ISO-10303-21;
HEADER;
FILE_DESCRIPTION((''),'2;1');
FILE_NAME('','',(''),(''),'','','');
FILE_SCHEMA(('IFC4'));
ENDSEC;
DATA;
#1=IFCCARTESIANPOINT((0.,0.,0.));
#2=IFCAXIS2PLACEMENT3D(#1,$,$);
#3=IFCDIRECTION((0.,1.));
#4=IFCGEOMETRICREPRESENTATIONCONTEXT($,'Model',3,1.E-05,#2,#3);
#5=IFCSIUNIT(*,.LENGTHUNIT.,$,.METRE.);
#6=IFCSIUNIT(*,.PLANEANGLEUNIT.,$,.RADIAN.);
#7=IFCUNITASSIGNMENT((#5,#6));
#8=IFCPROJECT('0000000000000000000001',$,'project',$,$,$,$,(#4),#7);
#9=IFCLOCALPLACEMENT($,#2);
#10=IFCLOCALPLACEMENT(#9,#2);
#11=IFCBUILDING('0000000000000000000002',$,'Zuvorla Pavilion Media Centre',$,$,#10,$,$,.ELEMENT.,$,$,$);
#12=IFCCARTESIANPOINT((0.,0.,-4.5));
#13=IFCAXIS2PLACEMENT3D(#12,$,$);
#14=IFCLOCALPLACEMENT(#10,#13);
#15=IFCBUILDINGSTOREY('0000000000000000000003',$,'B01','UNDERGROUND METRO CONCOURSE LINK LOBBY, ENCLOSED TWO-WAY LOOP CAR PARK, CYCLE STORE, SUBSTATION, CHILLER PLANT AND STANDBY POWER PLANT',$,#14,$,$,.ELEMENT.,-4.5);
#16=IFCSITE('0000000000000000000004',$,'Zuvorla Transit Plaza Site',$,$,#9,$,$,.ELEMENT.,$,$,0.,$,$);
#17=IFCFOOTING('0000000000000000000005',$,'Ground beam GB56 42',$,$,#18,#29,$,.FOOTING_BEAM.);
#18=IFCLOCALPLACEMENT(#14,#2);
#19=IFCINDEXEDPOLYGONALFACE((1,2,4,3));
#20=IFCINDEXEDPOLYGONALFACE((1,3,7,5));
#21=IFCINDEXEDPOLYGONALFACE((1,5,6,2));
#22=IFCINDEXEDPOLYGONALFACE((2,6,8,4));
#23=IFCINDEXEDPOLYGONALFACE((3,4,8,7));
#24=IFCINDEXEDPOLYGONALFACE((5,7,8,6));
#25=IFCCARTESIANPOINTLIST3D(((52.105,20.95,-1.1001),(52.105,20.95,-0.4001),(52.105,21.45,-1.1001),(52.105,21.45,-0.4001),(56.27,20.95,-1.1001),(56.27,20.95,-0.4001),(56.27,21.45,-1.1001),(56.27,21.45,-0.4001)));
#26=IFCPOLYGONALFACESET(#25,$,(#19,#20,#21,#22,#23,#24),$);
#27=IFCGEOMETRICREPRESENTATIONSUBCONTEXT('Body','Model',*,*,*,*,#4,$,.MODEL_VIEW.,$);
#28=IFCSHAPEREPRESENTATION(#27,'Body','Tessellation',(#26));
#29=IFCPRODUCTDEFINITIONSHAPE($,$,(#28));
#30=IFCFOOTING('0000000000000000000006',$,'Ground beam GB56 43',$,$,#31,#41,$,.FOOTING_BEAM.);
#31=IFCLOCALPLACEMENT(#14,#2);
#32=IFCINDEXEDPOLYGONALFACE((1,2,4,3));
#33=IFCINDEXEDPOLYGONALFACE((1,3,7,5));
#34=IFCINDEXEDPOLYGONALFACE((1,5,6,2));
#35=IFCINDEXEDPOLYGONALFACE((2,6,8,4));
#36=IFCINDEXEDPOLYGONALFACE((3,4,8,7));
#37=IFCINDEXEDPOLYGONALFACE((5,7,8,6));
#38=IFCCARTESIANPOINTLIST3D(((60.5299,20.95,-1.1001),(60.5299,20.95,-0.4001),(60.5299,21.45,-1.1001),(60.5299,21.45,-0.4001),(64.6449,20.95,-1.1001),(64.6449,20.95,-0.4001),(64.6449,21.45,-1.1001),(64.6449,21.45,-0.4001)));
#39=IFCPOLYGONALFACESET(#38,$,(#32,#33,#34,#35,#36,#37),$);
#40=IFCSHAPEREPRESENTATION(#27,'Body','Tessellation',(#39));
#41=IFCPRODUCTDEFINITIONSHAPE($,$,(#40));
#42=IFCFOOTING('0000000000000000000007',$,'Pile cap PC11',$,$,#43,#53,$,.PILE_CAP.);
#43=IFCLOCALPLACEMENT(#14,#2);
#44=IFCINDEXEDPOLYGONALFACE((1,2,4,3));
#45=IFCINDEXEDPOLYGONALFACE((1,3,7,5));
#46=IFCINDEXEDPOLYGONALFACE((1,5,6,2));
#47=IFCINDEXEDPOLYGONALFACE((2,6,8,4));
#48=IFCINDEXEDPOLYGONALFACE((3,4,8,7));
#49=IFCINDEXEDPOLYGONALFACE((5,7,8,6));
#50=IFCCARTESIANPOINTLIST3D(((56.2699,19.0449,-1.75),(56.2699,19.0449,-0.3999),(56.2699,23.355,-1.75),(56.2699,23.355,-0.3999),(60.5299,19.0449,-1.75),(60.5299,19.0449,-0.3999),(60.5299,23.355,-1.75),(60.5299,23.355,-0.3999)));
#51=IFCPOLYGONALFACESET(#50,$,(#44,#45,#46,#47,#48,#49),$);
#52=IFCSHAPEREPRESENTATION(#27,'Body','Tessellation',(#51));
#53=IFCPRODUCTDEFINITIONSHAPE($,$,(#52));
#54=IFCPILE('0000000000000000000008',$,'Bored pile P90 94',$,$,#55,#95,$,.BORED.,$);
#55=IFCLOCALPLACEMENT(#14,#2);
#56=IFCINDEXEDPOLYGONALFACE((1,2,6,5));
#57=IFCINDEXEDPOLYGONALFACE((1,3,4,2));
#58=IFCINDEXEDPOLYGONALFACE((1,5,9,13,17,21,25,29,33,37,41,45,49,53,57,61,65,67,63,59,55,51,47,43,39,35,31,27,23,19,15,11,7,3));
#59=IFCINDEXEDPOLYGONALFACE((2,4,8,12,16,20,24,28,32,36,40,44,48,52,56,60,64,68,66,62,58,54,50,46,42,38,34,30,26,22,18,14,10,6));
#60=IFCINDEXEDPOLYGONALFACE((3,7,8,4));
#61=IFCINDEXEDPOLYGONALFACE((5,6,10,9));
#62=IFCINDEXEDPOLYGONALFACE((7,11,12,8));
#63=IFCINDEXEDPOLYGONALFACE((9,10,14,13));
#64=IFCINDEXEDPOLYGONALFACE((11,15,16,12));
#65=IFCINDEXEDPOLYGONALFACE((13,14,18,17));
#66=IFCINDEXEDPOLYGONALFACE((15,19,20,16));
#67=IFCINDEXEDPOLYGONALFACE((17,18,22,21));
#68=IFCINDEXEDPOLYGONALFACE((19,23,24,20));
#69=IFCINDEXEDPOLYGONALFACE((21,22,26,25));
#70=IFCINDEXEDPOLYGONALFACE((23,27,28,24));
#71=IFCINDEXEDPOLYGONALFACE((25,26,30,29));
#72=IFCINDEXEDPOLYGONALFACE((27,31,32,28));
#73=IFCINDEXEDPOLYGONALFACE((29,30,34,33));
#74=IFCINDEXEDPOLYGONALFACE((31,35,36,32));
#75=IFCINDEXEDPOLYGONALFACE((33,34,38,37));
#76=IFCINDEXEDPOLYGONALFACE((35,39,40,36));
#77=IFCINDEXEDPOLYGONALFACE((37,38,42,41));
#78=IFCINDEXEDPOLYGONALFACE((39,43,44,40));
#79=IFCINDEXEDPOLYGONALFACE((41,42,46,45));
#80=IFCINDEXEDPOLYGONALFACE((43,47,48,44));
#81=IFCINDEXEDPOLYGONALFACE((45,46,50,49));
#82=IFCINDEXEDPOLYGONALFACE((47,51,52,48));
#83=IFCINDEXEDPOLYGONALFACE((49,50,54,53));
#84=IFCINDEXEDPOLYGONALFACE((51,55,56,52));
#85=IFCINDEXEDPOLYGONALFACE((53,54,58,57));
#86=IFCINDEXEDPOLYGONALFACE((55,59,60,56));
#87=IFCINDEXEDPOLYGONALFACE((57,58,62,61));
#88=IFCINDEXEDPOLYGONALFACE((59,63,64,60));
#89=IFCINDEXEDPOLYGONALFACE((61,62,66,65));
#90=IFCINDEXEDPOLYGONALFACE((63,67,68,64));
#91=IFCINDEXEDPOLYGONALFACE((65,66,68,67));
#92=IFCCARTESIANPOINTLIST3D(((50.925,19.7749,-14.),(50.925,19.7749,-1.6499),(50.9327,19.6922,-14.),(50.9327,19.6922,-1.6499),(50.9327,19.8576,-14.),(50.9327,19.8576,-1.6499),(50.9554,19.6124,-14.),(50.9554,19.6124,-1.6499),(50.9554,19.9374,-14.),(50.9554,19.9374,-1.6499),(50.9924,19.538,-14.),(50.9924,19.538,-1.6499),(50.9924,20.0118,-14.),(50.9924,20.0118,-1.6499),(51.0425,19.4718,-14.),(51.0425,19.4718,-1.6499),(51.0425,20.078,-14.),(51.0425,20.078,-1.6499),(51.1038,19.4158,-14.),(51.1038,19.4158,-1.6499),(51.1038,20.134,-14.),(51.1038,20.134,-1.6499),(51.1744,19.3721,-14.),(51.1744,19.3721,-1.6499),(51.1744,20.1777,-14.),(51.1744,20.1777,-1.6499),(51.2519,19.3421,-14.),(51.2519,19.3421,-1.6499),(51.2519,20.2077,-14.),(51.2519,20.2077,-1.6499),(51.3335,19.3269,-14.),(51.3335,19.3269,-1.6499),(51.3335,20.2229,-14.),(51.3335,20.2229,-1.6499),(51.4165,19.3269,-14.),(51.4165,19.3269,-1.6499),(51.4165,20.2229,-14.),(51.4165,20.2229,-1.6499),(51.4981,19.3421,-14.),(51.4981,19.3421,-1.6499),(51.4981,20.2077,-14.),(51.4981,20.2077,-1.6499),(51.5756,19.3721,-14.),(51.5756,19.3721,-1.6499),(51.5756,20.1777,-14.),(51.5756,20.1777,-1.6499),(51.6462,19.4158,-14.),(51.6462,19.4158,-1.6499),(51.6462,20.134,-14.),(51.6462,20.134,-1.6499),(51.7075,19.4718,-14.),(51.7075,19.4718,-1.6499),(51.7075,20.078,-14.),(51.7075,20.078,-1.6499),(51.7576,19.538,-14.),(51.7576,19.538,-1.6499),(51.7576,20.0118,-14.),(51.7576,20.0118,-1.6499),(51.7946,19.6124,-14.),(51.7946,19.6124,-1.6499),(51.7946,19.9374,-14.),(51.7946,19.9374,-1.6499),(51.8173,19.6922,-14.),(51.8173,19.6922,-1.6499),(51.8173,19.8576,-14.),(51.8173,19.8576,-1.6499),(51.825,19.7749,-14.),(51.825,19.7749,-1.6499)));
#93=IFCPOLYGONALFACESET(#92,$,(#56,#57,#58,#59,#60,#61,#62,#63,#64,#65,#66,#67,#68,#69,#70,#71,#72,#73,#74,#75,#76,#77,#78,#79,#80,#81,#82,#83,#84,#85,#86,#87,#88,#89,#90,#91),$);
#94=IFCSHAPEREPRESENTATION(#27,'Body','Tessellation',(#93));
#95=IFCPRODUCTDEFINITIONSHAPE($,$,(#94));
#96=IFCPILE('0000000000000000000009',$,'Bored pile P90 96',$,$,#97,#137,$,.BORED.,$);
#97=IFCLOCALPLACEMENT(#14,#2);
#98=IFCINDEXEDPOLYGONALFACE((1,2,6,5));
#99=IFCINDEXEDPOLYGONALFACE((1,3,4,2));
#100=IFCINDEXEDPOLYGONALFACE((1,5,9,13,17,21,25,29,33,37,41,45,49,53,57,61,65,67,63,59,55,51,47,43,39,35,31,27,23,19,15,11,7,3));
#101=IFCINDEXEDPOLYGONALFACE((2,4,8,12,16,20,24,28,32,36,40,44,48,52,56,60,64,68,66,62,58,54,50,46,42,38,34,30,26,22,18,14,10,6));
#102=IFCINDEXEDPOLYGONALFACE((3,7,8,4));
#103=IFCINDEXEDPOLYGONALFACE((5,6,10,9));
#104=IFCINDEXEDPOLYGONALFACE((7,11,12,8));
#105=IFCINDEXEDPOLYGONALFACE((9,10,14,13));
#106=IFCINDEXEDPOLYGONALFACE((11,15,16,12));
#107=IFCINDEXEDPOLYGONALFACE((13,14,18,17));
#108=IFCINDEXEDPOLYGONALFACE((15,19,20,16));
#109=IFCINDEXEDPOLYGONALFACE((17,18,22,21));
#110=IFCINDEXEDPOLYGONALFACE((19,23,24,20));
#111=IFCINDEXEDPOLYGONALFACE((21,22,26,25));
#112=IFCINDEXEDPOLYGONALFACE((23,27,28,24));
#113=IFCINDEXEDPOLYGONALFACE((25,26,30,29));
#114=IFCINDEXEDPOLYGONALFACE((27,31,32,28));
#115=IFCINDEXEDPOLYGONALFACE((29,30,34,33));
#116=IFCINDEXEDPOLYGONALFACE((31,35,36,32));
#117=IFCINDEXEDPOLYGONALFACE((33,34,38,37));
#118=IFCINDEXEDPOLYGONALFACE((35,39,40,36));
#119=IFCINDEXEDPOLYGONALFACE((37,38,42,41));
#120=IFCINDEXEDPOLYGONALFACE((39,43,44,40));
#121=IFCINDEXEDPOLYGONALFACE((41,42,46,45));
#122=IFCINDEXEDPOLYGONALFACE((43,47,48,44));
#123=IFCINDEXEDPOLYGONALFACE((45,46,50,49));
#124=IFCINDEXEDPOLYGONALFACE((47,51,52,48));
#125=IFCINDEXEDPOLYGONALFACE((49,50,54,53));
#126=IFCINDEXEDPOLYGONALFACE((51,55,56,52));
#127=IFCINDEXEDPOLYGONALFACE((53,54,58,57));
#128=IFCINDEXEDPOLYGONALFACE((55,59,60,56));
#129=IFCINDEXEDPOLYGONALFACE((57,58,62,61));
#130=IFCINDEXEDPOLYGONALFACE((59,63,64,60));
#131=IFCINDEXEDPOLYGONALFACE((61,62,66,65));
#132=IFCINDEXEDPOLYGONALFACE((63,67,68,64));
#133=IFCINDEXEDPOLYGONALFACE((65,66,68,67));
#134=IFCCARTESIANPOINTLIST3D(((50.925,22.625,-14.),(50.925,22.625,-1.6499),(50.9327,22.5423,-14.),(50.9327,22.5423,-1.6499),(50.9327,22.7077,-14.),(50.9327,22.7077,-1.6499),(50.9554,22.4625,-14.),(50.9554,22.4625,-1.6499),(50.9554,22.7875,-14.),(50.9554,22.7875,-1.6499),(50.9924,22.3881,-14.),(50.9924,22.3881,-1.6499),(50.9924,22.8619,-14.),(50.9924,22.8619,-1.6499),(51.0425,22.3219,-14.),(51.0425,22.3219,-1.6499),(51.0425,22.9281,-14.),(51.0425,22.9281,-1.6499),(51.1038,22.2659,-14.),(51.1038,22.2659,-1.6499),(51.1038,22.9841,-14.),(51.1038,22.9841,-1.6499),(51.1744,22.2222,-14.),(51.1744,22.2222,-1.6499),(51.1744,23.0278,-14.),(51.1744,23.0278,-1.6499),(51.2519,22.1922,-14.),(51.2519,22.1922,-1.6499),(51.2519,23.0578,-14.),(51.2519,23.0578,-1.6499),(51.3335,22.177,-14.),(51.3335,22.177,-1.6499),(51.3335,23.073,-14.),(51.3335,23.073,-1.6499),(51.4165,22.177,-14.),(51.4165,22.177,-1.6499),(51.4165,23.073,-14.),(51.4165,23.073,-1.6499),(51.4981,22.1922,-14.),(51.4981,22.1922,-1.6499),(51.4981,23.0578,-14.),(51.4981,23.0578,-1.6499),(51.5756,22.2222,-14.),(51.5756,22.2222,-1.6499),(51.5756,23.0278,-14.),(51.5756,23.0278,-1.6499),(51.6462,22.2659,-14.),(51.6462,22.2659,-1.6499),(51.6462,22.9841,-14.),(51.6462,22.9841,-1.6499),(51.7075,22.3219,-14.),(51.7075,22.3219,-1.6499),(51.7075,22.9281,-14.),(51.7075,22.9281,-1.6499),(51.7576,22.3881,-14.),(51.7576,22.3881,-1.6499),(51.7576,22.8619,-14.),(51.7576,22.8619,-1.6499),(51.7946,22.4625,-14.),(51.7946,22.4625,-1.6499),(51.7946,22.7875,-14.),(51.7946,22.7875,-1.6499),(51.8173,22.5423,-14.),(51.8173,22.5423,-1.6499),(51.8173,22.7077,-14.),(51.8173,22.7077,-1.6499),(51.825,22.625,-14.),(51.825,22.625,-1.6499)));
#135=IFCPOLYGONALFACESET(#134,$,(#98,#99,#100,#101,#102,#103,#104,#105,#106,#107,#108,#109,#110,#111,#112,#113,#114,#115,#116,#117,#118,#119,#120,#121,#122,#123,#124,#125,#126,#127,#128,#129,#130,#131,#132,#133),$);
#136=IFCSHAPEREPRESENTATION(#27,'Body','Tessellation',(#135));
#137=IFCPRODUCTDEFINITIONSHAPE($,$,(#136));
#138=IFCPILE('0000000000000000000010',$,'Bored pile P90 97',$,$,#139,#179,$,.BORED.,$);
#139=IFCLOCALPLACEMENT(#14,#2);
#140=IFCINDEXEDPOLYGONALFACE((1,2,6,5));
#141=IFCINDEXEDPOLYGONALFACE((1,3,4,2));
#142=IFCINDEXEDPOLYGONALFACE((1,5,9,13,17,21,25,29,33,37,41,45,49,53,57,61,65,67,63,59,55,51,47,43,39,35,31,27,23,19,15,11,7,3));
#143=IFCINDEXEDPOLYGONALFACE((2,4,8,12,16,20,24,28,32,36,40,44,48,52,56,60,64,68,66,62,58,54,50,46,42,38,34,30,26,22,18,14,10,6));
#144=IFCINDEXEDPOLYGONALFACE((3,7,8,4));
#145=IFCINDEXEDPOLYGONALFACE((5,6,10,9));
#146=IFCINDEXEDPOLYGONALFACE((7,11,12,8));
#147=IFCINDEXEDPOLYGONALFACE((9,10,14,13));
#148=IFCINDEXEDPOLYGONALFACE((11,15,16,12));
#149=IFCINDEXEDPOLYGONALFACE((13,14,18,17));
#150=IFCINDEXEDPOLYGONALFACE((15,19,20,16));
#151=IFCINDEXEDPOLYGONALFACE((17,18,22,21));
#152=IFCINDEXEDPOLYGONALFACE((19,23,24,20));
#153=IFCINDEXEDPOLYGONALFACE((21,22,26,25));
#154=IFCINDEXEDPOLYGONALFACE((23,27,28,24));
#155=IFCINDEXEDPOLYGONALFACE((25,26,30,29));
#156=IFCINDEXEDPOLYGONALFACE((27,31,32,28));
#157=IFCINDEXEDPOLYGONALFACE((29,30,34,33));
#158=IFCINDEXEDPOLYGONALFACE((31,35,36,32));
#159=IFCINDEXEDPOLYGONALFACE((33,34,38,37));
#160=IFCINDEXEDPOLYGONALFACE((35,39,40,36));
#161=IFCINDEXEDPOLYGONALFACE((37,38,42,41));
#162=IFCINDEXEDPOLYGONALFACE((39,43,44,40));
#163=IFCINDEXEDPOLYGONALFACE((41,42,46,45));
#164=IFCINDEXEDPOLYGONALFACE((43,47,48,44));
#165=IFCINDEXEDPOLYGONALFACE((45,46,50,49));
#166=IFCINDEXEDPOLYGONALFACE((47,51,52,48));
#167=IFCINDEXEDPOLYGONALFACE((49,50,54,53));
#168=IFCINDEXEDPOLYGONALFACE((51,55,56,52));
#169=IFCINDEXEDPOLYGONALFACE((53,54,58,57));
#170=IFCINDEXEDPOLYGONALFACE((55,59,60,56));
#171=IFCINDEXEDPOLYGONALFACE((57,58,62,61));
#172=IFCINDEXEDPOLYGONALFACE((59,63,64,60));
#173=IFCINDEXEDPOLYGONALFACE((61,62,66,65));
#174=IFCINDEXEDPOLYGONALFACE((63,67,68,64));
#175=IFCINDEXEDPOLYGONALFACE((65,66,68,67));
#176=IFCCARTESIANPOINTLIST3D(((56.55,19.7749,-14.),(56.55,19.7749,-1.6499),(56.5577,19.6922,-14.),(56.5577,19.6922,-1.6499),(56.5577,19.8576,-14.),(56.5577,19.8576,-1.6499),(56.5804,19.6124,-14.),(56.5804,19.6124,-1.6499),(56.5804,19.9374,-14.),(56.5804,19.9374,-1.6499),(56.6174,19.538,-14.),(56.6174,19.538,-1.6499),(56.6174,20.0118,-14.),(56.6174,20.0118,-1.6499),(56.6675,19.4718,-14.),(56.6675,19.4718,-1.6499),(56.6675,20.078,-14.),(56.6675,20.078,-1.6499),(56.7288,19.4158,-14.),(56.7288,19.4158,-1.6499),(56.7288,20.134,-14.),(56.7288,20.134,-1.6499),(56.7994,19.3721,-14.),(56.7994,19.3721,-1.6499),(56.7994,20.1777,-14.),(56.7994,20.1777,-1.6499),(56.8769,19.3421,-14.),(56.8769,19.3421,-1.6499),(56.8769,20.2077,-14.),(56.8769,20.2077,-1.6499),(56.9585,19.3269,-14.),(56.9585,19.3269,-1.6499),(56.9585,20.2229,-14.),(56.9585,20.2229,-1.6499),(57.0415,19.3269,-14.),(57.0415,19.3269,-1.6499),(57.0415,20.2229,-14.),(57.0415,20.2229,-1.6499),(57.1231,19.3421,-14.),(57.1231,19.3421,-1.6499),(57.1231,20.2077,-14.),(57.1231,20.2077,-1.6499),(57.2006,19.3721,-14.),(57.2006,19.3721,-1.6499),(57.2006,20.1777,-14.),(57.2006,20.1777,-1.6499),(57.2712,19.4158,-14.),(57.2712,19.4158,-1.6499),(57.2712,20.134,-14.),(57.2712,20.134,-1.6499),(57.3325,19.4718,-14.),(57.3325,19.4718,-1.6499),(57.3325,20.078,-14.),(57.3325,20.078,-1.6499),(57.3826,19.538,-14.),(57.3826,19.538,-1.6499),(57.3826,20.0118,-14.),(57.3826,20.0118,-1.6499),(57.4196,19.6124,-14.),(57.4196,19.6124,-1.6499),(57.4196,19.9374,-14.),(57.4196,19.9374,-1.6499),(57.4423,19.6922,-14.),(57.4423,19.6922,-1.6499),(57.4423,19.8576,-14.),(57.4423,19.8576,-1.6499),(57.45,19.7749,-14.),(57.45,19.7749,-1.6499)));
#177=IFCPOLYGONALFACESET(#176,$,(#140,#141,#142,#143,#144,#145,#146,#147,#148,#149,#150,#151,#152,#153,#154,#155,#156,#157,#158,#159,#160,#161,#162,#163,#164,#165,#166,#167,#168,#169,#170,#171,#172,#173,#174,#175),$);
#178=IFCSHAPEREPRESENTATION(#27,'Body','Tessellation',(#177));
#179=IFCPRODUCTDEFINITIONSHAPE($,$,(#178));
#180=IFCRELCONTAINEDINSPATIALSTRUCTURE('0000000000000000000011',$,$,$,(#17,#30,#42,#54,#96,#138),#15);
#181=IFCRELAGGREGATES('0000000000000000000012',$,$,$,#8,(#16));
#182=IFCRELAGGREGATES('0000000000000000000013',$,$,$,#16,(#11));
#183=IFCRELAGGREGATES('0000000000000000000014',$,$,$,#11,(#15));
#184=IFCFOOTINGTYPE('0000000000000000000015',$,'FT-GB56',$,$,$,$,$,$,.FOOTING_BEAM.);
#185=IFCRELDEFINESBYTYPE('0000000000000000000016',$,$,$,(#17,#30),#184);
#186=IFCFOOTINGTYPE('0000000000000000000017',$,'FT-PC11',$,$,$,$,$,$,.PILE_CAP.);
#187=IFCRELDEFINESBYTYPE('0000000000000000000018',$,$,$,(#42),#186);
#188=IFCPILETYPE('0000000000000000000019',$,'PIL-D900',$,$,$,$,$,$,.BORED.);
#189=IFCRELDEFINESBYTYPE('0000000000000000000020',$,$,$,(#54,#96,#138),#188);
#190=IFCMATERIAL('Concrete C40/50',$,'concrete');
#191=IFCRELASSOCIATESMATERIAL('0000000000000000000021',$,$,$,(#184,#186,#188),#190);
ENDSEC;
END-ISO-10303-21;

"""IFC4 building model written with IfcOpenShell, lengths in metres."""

from ifc_helpers import new_model, si_unit, direction, frame, origin, origin_2d, place, context, subcontext, project, spatial, rectangle, circle, extrude, material, material_profile, profile_set, type_object, element, save


model = new_model("IFC4")

# Units and contexts
model_context = context("Model", 3, precision=1e-05, world=origin(), true_north=direction((0.0, 1.0)))
body_context = subcontext(model_context, "Body", "Model", "MODEL_VIEW")
ifc_project = project(units=[si_unit("LENGTHUNIT", "METRE"), si_unit("PLANEANGLEUNIT", "RADIAN")], contexts=[model_context])

# Site, building, storey
site_placement = place(None, origin())
site = spatial("IfcSite", under=ifc_project, at=site_placement, Name="Zuvorla Transit Plaza Site", CompositionType="ELEMENT", RefElevation=0.0)
building_placement = place(site_placement, origin())
building = spatial("IfcBuilding", under=site, at=building_placement, Name="Zuvorla Pavilion Media Centre", CompositionType="ELEMENT")
storey_placement = place(building_placement, frame((0.0, 0.0, -4.5)))
storey = spatial("IfcBuildingStorey", under=building, at=storey_placement, Name="B01", Description="UNDERGROUND METRO CONCOURSE LINK LOBBY, ENCLOSED TWO-WAY LOOP CAR PARK, CYCLE STORE, SUBSTATION, CHILLER PLANT AND STANDBY POWER PLANT", CompositionType="ELEMENT", Elevation=-4.5)

# Footings
ifc_material_1 = material(Name="Concrete C40/50", Category="concrete")
footing_type_1 = type_object("IfcFootingType", Name="FT-GB56", PredefinedType="FOOTING_BEAM", material=ifc_material_1)
footing_1_placement = place(storey_placement, frame((54.1875, 21.2, -1.1001), z_axis=(0.0, 0.0, 1.0), x_axis=(1.0, 0.0, 0.0)))
element("IfcFooting", 1, at=footing_1_placement, inside=storey, type_object=footing_type_1, Name="Ground beam GB56 42", PredefinedType="FOOTING_BEAM", context=body_context, shape_type="SweptSolid", body=[
    extrude(rectangle(XDim=4.165, YDim=0.5, at=origin_2d()), origin(), (0.0, 0.0, 1.0), 0.7),
])
footing_2_placement = place(storey_placement, frame((62.5874, 21.2, -1.1001), z_axis=(0.0, 0.0, 1.0), x_axis=(1.0, 0.0, 0.0)))
element("IfcFooting", 2, at=footing_2_placement, inside=storey, type_object=footing_type_1, Name="Ground beam GB56 43", PredefinedType="FOOTING_BEAM", context=body_context, shape_type="SweptSolid", body=[
    extrude(rectangle(XDim=4.115, YDim=0.5, at=origin_2d()), origin(), (0.0, 0.0, 1.0), 0.7),
])
footing_type_2 = type_object("IfcFootingType", Name="FT-PC11", PredefinedType="PILE_CAP", material=ifc_material_1)
footing_3_placement = place(storey_placement, frame((58.3999, 21.2, -1.75), z_axis=(0.0, 0.0, 1.0), x_axis=(1.0, 0.0, 0.0)))
element("IfcFooting", 3, at=footing_3_placement, inside=storey, type_object=footing_type_2, Name="Pile cap PC11", PredefinedType="PILE_CAP", context=body_context, shape_type="SweptSolid", body=[
    extrude(rectangle(XDim=4.26, YDim=4.3101, at=origin_2d()), origin(), (0.0, 0.0, 1.0), 1.3501),
])

# Piles
ifc_material_profile_1 = material_profile(ifc_material_1, circle(Radius=0.45, at=origin_2d()), Name="BORED PILE 900")
ifc_profile_set_1 = profile_set([ifc_material_profile_1], Name="Concrete C40/50")
pile_type = type_object("IfcPileType", Name="PIL-D900", PredefinedType="BORED", material=ifc_profile_set_1)
for number, where, z_axis, x_axis, name in (
    (4, (51.375, 19.7749, -1.6499), (0.0, 0.0, -1.0), (1.0, 0.0, 0.0), "Bored pile P90 94"),
    (5, (51.375, 22.625, -1.6499), (0.0, 0.0, -1.0), (1.0, 0.0, 0.0), "Bored pile P90 96"),
    (6, (57.0, 19.7749, -1.6499), (0.0, 0.0, -1.0), (1.0, 0.0, 0.0), "Bored pile P90 97"),
):
    element("IfcPile", number, at=place(storey_placement, frame(where, z_axis=z_axis, x_axis=x_axis)), inside=storey, type_object=pile_type, Name=name, PredefinedType="BORED", context=body_context, shape_type="SweptSolid", body=[
        extrude(circle(Radius=0.45, at=origin_2d()), origin(), (0.0, 0.0, 1.0), 12.3501),
    ])

save(model, "model.ifc")
